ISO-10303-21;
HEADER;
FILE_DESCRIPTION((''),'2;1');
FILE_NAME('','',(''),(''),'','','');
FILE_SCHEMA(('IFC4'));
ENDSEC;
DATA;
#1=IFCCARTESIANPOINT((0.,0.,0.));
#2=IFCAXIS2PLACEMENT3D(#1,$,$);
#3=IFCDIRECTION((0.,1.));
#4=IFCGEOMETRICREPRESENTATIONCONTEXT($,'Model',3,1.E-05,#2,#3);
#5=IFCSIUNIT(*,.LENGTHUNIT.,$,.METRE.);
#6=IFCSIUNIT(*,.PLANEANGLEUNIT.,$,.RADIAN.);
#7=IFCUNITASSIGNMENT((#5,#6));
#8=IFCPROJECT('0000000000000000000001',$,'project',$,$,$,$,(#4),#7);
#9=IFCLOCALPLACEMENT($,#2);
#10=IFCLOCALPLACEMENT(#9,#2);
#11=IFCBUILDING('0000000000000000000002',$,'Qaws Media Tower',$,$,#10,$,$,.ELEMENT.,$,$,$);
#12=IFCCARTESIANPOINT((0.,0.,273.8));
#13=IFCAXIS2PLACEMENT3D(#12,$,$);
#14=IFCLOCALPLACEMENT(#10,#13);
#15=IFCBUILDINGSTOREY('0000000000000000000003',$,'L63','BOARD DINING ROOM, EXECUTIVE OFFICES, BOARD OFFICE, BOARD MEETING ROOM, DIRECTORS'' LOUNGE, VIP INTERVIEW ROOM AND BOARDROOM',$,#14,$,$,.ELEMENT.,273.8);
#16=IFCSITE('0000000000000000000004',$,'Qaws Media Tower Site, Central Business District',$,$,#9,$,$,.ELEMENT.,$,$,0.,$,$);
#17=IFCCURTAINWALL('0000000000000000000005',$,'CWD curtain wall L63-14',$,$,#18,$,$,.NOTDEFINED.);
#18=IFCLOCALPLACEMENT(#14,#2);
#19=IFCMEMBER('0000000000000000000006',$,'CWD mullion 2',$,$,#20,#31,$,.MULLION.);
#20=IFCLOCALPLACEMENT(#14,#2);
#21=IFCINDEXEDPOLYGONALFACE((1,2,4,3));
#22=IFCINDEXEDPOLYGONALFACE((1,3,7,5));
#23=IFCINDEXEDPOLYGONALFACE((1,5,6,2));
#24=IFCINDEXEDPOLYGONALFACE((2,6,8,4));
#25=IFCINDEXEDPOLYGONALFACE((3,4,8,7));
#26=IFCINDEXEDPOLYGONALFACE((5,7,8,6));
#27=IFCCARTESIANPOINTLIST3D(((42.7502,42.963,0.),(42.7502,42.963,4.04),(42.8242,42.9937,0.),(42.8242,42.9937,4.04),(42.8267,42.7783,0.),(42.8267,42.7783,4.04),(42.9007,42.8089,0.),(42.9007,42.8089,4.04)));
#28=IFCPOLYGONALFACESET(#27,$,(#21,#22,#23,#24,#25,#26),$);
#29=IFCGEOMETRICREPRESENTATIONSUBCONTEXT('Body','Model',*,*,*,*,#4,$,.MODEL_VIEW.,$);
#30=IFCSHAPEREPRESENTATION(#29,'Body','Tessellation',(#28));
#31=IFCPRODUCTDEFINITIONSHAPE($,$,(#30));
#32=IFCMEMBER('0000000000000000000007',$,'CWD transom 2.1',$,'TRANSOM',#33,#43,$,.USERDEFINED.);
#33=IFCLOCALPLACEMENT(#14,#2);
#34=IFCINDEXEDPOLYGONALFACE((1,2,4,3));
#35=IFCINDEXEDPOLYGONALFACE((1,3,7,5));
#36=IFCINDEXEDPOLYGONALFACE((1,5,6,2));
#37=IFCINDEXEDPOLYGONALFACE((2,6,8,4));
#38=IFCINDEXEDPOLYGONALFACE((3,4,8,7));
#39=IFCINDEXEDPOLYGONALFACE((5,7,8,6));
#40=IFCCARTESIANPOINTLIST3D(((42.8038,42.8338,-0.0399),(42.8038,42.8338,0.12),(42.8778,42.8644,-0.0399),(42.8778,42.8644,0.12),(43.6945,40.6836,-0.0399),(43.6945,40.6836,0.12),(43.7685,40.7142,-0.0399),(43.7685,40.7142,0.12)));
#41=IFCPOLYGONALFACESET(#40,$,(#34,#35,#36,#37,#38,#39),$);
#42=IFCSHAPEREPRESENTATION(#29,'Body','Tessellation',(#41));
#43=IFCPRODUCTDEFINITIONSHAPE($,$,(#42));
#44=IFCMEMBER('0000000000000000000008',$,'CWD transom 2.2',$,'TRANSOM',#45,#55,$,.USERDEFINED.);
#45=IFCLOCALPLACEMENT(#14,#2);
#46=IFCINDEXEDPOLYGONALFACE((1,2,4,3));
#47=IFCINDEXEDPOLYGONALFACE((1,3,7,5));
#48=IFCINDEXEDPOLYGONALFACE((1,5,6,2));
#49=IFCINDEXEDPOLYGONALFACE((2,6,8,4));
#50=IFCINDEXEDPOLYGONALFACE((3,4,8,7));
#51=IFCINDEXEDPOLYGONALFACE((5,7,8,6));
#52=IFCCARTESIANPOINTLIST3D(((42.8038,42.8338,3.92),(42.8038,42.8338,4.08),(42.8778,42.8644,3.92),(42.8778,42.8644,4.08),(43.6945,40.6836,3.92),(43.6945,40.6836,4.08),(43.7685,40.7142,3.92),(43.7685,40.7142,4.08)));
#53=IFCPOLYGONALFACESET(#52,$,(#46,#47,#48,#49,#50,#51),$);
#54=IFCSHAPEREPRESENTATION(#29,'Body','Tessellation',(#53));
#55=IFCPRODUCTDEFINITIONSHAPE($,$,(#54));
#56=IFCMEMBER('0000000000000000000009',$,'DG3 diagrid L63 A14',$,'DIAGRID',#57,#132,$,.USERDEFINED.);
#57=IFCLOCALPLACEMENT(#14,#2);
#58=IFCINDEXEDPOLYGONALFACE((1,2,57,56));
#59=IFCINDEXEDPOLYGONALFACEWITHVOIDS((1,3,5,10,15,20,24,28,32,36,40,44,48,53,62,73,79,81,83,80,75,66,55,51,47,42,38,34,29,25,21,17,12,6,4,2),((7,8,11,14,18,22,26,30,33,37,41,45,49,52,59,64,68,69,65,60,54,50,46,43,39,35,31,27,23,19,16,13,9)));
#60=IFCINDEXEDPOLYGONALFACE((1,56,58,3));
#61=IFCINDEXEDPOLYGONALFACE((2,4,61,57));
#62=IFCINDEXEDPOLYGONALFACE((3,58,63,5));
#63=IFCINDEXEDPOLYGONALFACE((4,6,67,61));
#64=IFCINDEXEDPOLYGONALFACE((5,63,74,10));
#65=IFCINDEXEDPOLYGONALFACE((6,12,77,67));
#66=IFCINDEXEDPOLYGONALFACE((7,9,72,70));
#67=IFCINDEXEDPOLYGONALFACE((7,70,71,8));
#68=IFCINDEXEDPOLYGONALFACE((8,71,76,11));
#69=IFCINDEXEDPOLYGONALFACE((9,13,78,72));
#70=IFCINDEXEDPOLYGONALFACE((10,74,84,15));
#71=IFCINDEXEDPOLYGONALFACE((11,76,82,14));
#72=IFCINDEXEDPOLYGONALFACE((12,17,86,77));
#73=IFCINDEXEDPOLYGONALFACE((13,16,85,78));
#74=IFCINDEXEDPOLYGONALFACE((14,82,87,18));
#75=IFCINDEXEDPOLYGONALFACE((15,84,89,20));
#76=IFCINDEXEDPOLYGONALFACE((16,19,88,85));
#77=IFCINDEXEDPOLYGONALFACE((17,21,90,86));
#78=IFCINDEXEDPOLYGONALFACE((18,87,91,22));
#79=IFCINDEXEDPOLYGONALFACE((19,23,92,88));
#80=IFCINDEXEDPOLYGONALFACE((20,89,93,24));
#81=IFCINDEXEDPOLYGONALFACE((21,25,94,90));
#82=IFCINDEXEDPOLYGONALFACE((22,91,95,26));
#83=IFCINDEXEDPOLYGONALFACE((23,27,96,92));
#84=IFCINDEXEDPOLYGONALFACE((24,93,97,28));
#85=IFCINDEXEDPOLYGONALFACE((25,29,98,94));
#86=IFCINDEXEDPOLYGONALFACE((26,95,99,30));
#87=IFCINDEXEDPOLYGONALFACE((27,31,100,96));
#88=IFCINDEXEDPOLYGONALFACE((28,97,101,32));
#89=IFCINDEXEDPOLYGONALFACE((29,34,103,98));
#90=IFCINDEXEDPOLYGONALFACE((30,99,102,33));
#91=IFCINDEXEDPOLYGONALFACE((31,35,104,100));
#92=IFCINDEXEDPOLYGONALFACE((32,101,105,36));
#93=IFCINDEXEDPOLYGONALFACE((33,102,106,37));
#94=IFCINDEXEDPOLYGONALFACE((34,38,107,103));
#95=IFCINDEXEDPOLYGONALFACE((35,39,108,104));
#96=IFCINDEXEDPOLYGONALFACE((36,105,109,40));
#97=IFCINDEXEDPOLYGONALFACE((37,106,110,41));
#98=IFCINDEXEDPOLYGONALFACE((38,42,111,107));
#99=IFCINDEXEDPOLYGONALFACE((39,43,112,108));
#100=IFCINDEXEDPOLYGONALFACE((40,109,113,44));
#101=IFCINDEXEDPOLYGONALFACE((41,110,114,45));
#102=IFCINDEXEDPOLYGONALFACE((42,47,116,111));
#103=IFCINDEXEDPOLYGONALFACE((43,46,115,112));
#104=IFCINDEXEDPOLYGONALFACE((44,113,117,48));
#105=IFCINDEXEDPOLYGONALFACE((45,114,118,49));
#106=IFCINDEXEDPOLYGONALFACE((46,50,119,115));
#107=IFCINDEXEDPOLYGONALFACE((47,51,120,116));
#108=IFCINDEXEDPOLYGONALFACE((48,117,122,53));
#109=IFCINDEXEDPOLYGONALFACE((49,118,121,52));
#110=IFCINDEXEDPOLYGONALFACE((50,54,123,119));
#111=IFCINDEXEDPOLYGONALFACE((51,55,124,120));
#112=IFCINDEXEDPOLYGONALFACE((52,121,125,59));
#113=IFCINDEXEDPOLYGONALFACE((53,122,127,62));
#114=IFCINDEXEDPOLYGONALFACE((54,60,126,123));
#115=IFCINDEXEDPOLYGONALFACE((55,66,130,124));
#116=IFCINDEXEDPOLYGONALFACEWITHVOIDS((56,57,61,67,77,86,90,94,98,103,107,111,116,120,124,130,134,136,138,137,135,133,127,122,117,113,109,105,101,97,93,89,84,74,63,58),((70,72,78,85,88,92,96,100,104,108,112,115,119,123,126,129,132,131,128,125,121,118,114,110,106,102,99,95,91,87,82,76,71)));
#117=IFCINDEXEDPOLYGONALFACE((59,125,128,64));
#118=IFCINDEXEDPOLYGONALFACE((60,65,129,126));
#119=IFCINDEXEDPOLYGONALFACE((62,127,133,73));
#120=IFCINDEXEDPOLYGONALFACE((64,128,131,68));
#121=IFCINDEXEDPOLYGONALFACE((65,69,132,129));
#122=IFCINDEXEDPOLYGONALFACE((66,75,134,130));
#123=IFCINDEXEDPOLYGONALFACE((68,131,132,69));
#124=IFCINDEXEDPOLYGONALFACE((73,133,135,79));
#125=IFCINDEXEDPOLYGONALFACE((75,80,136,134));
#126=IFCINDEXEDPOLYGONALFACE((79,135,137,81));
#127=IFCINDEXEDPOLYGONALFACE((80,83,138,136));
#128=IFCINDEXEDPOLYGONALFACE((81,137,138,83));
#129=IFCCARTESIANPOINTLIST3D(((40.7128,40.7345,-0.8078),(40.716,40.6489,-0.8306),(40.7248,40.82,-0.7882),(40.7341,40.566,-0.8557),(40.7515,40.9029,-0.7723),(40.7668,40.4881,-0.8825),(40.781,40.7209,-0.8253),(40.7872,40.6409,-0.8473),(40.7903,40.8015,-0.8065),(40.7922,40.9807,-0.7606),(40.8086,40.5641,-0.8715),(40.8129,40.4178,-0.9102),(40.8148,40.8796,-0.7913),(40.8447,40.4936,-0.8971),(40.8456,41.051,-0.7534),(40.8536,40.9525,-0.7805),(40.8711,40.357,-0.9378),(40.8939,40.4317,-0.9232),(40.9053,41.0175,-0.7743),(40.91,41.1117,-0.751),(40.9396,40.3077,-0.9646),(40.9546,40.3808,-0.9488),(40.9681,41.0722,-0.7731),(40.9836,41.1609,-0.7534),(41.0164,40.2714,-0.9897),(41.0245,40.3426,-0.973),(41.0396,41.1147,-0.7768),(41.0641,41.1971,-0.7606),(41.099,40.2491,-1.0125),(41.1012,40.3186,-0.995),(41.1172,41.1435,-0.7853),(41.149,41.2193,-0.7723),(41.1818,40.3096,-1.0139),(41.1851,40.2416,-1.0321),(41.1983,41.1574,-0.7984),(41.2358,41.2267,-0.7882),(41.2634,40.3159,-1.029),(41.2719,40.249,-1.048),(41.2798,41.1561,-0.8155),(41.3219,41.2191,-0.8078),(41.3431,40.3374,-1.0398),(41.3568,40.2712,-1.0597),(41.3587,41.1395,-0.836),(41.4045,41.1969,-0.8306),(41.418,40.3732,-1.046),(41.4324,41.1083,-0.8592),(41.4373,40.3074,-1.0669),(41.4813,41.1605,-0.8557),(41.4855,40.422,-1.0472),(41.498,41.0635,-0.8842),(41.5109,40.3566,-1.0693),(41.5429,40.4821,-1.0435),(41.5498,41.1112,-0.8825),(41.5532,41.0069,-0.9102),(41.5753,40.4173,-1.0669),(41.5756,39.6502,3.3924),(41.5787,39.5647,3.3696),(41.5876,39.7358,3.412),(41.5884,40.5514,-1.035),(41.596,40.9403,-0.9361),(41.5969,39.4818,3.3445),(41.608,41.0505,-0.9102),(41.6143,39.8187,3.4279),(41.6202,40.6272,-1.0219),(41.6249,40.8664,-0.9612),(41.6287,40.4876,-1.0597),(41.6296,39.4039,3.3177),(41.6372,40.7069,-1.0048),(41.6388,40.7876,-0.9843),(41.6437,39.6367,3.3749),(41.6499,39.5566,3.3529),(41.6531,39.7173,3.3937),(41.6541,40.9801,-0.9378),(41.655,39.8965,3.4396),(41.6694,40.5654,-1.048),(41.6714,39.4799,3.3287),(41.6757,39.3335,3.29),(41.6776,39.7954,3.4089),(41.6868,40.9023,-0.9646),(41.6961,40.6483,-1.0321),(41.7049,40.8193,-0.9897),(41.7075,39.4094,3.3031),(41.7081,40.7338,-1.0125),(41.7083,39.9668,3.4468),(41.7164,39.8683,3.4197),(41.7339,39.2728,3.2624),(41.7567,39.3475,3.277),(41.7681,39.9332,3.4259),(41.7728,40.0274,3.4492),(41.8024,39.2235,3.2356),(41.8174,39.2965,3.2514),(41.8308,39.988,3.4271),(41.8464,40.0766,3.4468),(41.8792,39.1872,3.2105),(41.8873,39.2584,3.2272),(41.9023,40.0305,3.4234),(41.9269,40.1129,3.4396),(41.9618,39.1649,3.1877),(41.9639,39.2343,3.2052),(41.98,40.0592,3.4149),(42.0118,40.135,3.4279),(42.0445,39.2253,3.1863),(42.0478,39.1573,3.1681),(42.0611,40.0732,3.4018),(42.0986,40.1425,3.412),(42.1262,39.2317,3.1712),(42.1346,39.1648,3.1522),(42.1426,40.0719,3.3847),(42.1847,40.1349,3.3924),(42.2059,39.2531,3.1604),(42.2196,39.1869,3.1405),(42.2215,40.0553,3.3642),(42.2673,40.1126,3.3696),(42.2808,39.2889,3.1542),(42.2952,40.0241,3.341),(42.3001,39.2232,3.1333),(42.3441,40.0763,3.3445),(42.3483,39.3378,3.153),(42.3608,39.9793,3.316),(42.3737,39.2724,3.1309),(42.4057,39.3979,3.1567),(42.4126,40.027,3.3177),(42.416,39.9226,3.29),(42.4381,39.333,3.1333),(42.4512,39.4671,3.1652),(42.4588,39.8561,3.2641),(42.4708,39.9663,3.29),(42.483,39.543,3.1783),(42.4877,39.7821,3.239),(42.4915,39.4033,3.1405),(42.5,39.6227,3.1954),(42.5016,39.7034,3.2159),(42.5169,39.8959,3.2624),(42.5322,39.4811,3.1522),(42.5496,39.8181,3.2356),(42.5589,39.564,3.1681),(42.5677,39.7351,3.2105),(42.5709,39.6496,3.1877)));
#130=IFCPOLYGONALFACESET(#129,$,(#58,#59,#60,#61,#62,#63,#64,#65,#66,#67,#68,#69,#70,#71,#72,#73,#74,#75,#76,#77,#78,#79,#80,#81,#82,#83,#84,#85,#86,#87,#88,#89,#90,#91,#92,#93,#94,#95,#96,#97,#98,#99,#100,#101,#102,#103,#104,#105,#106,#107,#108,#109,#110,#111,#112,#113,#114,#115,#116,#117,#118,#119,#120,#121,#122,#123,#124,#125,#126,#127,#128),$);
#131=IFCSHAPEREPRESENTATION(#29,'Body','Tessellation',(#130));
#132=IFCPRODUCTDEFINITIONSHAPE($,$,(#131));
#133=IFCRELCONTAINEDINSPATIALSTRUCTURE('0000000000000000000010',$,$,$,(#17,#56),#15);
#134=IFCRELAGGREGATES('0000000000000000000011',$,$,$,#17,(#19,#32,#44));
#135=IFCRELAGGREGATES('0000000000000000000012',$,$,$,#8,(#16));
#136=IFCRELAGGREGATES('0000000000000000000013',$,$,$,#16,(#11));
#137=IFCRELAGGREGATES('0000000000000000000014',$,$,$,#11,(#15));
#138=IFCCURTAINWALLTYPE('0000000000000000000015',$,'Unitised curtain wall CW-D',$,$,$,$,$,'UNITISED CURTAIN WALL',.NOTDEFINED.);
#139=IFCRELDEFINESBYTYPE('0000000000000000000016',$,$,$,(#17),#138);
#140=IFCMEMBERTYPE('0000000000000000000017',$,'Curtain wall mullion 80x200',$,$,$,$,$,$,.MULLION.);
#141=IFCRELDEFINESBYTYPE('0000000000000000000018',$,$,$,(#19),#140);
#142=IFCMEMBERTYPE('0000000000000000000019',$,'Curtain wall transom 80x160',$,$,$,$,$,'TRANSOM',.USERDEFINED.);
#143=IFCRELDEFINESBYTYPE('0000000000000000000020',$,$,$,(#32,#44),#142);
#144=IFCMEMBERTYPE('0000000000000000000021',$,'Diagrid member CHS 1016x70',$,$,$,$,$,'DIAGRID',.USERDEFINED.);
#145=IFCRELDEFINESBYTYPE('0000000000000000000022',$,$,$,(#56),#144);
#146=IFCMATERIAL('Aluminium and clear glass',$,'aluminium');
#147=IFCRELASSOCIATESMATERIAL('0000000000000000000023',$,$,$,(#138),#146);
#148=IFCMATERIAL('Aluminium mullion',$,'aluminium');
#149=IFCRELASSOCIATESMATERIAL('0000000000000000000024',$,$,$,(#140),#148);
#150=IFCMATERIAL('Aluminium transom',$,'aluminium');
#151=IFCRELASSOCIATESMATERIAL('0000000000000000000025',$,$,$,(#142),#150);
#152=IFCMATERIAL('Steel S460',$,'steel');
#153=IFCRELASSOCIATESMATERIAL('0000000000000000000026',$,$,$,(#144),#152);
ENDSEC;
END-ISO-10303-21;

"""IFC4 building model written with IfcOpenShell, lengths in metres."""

from ifc_helpers import new_model, si_unit, direction, frame, origin, origin_2d, place, context, subcontext, project, spatial, rectangle, hollow_circle, extrude, material, material_profile, profile_set, type_object, element, aggregate, save


model = new_model("IFC4")

# Units and contexts
model_context = context("Model", 3, precision=1e-05, world=origin(), true_north=direction((0.0, 1.0)))
body_context = subcontext(model_context, "Body", "Model", "MODEL_VIEW")
ifc_project = project(units=[si_unit("LENGTHUNIT", "METRE"), si_unit("PLANEANGLEUNIT", "RADIAN")], contexts=[model_context])

# Site, building, storey
site_placement = place(None, origin())
site = spatial("IfcSite", under=ifc_project, at=site_placement, Name="Qaws Media Tower Site, Central Business District", CompositionType="ELEMENT", RefElevation=0.0)
building_placement = place(site_placement, origin())
building = spatial("IfcBuilding", under=site, at=building_placement, Name="Qaws Media Tower", CompositionType="ELEMENT")
storey_placement = place(building_placement, frame((0.0, 0.0, 273.8)))
storey = spatial("IfcBuildingStorey", under=building, at=storey_placement, Name="L63", Description="BOARD DINING ROOM, EXECUTIVE OFFICES, BOARD OFFICE, BOARD MEETING ROOM, DIRECTORS' LOUNGE, VIP INTERVIEW ROOM AND BOARDROOM", CompositionType="ELEMENT", Elevation=273.8)

# Curtain wall, members
ifc_material_1 = material(Name="Aluminium and clear glass", Category="aluminium")
curtain_wall_type = type_object("IfcCurtainWallType", Name="Unitised curtain wall CW-D", ElementType="UNITISED CURTAIN WALL", PredefinedType="NOTDEFINED", material=ifc_material_1)
curtain_wall_placement = place(storey_placement, origin())
curtain_wall = element("IfcCurtainWall", 1, at=curtain_wall_placement, inside=storey, type_object=curtain_wall_type, Name="CWD curtain wall L63-14", PredefinedType="NOTDEFINED")
ifc_material_2 = material(Name="Aluminium mullion", Category="aluminium")
ifc_material_profile_1 = material_profile(ifc_material_2, rectangle(XDim=0.0801, YDim=0.2, at=origin_2d()), Name="80x200")
ifc_profile_set_1 = profile_set([ifc_material_profile_1], Name="Aluminium mullion")
member_type_1 = type_object("IfcMemberType", Name="Curtain wall mullion 80x200", PredefinedType="MULLION", material=ifc_profile_set_1)
member_1_placement = place(storey_placement, frame((42.8254, 42.886, 0.0), z_axis=(0.0, 0.0, 1.0), x_axis=(0.92388, 0.382683, 0.0)))
member_1 = element("IfcMember", 2, at=member_1_placement, type_object=member_type_1, Name="CWD mullion 2", PredefinedType="MULLION", context=body_context, shape_type="SweptSolid", body=[
    extrude(rectangle(XDim=0.0801, YDim=0.2, at=origin_2d()), origin(), (0.0, 0.0, 1.0), 4.04),
])
ifc_material_3 = material(Name="Aluminium transom", Category="aluminium")
ifc_material_profile_2 = material_profile(ifc_material_3, rectangle(XDim=0.0801, YDim=0.1599, at=origin_2d()), Name="80x160")
ifc_profile_set_2 = profile_set([ifc_material_profile_2], Name="Aluminium transom")
member_type_2 = type_object("IfcMemberType", Name="Curtain wall transom 80x160", ElementType="TRANSOM", PredefinedType="USERDEFINED", material=ifc_profile_set_2)
member_2_placement = place(storey_placement, frame((42.8408, 42.8491, 0.04), z_axis=(0.382685, -0.923879, 0.0), x_axis=(0.923879, 0.382685, 0.0)))
member_2 = element("IfcMember", 3, at=member_2_placement, type_object=member_type_2, Name="CWD transom 2.1", ObjectType="TRANSOM", PredefinedType="USERDEFINED", context=body_context, shape_type="SweptSolid", body=[
    extrude(rectangle(XDim=0.0801, YDim=0.1599, at=origin_2d()), origin(), (0.0, 0.0, 1.0), 2.3274),
])
member_3_placement = place(storey_placement, frame((42.8408, 42.8491, 4.0), z_axis=(0.382685, -0.923879, 0.0), x_axis=(0.923879, 0.382685, 0.0)))
member_3 = element("IfcMember", 4, at=member_3_placement, type_object=member_type_2, Name="CWD transom 2.2", ObjectType="TRANSOM", PredefinedType="USERDEFINED", context=body_context, shape_type="SweptSolid", body=[
    extrude(rectangle(XDim=0.0801, YDim=0.1599, at=origin_2d()), origin(), (0.0, 0.0, 1.0), 2.3274),
])

# Member
ifc_material_4 = material(Name="Steel S460", Category="steel")
ifc_material_profile_3 = material_profile(ifc_material_4, hollow_circle(Radius=0.5081, WallThickness=0.0701, at=origin_2d()), Name="CHS 1016x70")
ifc_profile_set_3 = profile_set([ifc_material_profile_3], Name="Steel S460")
member_type_3 = type_object("IfcMemberType", Name="Diagrid member CHS 1016x70", ElementType="DIAGRID", PredefinedType="USERDEFINED", material=ifc_profile_set_3)
for number, where, z_axis, x_axis, name in (
    (5, (41.2104, 40.7341, -0.9102), (0.195076, -0.245142, 0.949658), (0.782482, 0.622673, 0.0), "DG3 diagrid L63 A14"),
):
    element("IfcMember", number, at=place(storey_placement, frame(where, z_axis=z_axis, x_axis=x_axis)), inside=storey, type_object=member_type_3, Name=name, ObjectType="DIAGRID", PredefinedType="USERDEFINED", context=body_context, shape_type="SweptSolid", body=[
        extrude(hollow_circle(Radius=0.5081, WallThickness=0.0701, at=origin_2d()), origin(), (0.0, 0.0, 1.0), 4.4229),
    ])

aggregate(curtain_wall, [member_1, member_2, member_3])

save(model, "model.ifc")
